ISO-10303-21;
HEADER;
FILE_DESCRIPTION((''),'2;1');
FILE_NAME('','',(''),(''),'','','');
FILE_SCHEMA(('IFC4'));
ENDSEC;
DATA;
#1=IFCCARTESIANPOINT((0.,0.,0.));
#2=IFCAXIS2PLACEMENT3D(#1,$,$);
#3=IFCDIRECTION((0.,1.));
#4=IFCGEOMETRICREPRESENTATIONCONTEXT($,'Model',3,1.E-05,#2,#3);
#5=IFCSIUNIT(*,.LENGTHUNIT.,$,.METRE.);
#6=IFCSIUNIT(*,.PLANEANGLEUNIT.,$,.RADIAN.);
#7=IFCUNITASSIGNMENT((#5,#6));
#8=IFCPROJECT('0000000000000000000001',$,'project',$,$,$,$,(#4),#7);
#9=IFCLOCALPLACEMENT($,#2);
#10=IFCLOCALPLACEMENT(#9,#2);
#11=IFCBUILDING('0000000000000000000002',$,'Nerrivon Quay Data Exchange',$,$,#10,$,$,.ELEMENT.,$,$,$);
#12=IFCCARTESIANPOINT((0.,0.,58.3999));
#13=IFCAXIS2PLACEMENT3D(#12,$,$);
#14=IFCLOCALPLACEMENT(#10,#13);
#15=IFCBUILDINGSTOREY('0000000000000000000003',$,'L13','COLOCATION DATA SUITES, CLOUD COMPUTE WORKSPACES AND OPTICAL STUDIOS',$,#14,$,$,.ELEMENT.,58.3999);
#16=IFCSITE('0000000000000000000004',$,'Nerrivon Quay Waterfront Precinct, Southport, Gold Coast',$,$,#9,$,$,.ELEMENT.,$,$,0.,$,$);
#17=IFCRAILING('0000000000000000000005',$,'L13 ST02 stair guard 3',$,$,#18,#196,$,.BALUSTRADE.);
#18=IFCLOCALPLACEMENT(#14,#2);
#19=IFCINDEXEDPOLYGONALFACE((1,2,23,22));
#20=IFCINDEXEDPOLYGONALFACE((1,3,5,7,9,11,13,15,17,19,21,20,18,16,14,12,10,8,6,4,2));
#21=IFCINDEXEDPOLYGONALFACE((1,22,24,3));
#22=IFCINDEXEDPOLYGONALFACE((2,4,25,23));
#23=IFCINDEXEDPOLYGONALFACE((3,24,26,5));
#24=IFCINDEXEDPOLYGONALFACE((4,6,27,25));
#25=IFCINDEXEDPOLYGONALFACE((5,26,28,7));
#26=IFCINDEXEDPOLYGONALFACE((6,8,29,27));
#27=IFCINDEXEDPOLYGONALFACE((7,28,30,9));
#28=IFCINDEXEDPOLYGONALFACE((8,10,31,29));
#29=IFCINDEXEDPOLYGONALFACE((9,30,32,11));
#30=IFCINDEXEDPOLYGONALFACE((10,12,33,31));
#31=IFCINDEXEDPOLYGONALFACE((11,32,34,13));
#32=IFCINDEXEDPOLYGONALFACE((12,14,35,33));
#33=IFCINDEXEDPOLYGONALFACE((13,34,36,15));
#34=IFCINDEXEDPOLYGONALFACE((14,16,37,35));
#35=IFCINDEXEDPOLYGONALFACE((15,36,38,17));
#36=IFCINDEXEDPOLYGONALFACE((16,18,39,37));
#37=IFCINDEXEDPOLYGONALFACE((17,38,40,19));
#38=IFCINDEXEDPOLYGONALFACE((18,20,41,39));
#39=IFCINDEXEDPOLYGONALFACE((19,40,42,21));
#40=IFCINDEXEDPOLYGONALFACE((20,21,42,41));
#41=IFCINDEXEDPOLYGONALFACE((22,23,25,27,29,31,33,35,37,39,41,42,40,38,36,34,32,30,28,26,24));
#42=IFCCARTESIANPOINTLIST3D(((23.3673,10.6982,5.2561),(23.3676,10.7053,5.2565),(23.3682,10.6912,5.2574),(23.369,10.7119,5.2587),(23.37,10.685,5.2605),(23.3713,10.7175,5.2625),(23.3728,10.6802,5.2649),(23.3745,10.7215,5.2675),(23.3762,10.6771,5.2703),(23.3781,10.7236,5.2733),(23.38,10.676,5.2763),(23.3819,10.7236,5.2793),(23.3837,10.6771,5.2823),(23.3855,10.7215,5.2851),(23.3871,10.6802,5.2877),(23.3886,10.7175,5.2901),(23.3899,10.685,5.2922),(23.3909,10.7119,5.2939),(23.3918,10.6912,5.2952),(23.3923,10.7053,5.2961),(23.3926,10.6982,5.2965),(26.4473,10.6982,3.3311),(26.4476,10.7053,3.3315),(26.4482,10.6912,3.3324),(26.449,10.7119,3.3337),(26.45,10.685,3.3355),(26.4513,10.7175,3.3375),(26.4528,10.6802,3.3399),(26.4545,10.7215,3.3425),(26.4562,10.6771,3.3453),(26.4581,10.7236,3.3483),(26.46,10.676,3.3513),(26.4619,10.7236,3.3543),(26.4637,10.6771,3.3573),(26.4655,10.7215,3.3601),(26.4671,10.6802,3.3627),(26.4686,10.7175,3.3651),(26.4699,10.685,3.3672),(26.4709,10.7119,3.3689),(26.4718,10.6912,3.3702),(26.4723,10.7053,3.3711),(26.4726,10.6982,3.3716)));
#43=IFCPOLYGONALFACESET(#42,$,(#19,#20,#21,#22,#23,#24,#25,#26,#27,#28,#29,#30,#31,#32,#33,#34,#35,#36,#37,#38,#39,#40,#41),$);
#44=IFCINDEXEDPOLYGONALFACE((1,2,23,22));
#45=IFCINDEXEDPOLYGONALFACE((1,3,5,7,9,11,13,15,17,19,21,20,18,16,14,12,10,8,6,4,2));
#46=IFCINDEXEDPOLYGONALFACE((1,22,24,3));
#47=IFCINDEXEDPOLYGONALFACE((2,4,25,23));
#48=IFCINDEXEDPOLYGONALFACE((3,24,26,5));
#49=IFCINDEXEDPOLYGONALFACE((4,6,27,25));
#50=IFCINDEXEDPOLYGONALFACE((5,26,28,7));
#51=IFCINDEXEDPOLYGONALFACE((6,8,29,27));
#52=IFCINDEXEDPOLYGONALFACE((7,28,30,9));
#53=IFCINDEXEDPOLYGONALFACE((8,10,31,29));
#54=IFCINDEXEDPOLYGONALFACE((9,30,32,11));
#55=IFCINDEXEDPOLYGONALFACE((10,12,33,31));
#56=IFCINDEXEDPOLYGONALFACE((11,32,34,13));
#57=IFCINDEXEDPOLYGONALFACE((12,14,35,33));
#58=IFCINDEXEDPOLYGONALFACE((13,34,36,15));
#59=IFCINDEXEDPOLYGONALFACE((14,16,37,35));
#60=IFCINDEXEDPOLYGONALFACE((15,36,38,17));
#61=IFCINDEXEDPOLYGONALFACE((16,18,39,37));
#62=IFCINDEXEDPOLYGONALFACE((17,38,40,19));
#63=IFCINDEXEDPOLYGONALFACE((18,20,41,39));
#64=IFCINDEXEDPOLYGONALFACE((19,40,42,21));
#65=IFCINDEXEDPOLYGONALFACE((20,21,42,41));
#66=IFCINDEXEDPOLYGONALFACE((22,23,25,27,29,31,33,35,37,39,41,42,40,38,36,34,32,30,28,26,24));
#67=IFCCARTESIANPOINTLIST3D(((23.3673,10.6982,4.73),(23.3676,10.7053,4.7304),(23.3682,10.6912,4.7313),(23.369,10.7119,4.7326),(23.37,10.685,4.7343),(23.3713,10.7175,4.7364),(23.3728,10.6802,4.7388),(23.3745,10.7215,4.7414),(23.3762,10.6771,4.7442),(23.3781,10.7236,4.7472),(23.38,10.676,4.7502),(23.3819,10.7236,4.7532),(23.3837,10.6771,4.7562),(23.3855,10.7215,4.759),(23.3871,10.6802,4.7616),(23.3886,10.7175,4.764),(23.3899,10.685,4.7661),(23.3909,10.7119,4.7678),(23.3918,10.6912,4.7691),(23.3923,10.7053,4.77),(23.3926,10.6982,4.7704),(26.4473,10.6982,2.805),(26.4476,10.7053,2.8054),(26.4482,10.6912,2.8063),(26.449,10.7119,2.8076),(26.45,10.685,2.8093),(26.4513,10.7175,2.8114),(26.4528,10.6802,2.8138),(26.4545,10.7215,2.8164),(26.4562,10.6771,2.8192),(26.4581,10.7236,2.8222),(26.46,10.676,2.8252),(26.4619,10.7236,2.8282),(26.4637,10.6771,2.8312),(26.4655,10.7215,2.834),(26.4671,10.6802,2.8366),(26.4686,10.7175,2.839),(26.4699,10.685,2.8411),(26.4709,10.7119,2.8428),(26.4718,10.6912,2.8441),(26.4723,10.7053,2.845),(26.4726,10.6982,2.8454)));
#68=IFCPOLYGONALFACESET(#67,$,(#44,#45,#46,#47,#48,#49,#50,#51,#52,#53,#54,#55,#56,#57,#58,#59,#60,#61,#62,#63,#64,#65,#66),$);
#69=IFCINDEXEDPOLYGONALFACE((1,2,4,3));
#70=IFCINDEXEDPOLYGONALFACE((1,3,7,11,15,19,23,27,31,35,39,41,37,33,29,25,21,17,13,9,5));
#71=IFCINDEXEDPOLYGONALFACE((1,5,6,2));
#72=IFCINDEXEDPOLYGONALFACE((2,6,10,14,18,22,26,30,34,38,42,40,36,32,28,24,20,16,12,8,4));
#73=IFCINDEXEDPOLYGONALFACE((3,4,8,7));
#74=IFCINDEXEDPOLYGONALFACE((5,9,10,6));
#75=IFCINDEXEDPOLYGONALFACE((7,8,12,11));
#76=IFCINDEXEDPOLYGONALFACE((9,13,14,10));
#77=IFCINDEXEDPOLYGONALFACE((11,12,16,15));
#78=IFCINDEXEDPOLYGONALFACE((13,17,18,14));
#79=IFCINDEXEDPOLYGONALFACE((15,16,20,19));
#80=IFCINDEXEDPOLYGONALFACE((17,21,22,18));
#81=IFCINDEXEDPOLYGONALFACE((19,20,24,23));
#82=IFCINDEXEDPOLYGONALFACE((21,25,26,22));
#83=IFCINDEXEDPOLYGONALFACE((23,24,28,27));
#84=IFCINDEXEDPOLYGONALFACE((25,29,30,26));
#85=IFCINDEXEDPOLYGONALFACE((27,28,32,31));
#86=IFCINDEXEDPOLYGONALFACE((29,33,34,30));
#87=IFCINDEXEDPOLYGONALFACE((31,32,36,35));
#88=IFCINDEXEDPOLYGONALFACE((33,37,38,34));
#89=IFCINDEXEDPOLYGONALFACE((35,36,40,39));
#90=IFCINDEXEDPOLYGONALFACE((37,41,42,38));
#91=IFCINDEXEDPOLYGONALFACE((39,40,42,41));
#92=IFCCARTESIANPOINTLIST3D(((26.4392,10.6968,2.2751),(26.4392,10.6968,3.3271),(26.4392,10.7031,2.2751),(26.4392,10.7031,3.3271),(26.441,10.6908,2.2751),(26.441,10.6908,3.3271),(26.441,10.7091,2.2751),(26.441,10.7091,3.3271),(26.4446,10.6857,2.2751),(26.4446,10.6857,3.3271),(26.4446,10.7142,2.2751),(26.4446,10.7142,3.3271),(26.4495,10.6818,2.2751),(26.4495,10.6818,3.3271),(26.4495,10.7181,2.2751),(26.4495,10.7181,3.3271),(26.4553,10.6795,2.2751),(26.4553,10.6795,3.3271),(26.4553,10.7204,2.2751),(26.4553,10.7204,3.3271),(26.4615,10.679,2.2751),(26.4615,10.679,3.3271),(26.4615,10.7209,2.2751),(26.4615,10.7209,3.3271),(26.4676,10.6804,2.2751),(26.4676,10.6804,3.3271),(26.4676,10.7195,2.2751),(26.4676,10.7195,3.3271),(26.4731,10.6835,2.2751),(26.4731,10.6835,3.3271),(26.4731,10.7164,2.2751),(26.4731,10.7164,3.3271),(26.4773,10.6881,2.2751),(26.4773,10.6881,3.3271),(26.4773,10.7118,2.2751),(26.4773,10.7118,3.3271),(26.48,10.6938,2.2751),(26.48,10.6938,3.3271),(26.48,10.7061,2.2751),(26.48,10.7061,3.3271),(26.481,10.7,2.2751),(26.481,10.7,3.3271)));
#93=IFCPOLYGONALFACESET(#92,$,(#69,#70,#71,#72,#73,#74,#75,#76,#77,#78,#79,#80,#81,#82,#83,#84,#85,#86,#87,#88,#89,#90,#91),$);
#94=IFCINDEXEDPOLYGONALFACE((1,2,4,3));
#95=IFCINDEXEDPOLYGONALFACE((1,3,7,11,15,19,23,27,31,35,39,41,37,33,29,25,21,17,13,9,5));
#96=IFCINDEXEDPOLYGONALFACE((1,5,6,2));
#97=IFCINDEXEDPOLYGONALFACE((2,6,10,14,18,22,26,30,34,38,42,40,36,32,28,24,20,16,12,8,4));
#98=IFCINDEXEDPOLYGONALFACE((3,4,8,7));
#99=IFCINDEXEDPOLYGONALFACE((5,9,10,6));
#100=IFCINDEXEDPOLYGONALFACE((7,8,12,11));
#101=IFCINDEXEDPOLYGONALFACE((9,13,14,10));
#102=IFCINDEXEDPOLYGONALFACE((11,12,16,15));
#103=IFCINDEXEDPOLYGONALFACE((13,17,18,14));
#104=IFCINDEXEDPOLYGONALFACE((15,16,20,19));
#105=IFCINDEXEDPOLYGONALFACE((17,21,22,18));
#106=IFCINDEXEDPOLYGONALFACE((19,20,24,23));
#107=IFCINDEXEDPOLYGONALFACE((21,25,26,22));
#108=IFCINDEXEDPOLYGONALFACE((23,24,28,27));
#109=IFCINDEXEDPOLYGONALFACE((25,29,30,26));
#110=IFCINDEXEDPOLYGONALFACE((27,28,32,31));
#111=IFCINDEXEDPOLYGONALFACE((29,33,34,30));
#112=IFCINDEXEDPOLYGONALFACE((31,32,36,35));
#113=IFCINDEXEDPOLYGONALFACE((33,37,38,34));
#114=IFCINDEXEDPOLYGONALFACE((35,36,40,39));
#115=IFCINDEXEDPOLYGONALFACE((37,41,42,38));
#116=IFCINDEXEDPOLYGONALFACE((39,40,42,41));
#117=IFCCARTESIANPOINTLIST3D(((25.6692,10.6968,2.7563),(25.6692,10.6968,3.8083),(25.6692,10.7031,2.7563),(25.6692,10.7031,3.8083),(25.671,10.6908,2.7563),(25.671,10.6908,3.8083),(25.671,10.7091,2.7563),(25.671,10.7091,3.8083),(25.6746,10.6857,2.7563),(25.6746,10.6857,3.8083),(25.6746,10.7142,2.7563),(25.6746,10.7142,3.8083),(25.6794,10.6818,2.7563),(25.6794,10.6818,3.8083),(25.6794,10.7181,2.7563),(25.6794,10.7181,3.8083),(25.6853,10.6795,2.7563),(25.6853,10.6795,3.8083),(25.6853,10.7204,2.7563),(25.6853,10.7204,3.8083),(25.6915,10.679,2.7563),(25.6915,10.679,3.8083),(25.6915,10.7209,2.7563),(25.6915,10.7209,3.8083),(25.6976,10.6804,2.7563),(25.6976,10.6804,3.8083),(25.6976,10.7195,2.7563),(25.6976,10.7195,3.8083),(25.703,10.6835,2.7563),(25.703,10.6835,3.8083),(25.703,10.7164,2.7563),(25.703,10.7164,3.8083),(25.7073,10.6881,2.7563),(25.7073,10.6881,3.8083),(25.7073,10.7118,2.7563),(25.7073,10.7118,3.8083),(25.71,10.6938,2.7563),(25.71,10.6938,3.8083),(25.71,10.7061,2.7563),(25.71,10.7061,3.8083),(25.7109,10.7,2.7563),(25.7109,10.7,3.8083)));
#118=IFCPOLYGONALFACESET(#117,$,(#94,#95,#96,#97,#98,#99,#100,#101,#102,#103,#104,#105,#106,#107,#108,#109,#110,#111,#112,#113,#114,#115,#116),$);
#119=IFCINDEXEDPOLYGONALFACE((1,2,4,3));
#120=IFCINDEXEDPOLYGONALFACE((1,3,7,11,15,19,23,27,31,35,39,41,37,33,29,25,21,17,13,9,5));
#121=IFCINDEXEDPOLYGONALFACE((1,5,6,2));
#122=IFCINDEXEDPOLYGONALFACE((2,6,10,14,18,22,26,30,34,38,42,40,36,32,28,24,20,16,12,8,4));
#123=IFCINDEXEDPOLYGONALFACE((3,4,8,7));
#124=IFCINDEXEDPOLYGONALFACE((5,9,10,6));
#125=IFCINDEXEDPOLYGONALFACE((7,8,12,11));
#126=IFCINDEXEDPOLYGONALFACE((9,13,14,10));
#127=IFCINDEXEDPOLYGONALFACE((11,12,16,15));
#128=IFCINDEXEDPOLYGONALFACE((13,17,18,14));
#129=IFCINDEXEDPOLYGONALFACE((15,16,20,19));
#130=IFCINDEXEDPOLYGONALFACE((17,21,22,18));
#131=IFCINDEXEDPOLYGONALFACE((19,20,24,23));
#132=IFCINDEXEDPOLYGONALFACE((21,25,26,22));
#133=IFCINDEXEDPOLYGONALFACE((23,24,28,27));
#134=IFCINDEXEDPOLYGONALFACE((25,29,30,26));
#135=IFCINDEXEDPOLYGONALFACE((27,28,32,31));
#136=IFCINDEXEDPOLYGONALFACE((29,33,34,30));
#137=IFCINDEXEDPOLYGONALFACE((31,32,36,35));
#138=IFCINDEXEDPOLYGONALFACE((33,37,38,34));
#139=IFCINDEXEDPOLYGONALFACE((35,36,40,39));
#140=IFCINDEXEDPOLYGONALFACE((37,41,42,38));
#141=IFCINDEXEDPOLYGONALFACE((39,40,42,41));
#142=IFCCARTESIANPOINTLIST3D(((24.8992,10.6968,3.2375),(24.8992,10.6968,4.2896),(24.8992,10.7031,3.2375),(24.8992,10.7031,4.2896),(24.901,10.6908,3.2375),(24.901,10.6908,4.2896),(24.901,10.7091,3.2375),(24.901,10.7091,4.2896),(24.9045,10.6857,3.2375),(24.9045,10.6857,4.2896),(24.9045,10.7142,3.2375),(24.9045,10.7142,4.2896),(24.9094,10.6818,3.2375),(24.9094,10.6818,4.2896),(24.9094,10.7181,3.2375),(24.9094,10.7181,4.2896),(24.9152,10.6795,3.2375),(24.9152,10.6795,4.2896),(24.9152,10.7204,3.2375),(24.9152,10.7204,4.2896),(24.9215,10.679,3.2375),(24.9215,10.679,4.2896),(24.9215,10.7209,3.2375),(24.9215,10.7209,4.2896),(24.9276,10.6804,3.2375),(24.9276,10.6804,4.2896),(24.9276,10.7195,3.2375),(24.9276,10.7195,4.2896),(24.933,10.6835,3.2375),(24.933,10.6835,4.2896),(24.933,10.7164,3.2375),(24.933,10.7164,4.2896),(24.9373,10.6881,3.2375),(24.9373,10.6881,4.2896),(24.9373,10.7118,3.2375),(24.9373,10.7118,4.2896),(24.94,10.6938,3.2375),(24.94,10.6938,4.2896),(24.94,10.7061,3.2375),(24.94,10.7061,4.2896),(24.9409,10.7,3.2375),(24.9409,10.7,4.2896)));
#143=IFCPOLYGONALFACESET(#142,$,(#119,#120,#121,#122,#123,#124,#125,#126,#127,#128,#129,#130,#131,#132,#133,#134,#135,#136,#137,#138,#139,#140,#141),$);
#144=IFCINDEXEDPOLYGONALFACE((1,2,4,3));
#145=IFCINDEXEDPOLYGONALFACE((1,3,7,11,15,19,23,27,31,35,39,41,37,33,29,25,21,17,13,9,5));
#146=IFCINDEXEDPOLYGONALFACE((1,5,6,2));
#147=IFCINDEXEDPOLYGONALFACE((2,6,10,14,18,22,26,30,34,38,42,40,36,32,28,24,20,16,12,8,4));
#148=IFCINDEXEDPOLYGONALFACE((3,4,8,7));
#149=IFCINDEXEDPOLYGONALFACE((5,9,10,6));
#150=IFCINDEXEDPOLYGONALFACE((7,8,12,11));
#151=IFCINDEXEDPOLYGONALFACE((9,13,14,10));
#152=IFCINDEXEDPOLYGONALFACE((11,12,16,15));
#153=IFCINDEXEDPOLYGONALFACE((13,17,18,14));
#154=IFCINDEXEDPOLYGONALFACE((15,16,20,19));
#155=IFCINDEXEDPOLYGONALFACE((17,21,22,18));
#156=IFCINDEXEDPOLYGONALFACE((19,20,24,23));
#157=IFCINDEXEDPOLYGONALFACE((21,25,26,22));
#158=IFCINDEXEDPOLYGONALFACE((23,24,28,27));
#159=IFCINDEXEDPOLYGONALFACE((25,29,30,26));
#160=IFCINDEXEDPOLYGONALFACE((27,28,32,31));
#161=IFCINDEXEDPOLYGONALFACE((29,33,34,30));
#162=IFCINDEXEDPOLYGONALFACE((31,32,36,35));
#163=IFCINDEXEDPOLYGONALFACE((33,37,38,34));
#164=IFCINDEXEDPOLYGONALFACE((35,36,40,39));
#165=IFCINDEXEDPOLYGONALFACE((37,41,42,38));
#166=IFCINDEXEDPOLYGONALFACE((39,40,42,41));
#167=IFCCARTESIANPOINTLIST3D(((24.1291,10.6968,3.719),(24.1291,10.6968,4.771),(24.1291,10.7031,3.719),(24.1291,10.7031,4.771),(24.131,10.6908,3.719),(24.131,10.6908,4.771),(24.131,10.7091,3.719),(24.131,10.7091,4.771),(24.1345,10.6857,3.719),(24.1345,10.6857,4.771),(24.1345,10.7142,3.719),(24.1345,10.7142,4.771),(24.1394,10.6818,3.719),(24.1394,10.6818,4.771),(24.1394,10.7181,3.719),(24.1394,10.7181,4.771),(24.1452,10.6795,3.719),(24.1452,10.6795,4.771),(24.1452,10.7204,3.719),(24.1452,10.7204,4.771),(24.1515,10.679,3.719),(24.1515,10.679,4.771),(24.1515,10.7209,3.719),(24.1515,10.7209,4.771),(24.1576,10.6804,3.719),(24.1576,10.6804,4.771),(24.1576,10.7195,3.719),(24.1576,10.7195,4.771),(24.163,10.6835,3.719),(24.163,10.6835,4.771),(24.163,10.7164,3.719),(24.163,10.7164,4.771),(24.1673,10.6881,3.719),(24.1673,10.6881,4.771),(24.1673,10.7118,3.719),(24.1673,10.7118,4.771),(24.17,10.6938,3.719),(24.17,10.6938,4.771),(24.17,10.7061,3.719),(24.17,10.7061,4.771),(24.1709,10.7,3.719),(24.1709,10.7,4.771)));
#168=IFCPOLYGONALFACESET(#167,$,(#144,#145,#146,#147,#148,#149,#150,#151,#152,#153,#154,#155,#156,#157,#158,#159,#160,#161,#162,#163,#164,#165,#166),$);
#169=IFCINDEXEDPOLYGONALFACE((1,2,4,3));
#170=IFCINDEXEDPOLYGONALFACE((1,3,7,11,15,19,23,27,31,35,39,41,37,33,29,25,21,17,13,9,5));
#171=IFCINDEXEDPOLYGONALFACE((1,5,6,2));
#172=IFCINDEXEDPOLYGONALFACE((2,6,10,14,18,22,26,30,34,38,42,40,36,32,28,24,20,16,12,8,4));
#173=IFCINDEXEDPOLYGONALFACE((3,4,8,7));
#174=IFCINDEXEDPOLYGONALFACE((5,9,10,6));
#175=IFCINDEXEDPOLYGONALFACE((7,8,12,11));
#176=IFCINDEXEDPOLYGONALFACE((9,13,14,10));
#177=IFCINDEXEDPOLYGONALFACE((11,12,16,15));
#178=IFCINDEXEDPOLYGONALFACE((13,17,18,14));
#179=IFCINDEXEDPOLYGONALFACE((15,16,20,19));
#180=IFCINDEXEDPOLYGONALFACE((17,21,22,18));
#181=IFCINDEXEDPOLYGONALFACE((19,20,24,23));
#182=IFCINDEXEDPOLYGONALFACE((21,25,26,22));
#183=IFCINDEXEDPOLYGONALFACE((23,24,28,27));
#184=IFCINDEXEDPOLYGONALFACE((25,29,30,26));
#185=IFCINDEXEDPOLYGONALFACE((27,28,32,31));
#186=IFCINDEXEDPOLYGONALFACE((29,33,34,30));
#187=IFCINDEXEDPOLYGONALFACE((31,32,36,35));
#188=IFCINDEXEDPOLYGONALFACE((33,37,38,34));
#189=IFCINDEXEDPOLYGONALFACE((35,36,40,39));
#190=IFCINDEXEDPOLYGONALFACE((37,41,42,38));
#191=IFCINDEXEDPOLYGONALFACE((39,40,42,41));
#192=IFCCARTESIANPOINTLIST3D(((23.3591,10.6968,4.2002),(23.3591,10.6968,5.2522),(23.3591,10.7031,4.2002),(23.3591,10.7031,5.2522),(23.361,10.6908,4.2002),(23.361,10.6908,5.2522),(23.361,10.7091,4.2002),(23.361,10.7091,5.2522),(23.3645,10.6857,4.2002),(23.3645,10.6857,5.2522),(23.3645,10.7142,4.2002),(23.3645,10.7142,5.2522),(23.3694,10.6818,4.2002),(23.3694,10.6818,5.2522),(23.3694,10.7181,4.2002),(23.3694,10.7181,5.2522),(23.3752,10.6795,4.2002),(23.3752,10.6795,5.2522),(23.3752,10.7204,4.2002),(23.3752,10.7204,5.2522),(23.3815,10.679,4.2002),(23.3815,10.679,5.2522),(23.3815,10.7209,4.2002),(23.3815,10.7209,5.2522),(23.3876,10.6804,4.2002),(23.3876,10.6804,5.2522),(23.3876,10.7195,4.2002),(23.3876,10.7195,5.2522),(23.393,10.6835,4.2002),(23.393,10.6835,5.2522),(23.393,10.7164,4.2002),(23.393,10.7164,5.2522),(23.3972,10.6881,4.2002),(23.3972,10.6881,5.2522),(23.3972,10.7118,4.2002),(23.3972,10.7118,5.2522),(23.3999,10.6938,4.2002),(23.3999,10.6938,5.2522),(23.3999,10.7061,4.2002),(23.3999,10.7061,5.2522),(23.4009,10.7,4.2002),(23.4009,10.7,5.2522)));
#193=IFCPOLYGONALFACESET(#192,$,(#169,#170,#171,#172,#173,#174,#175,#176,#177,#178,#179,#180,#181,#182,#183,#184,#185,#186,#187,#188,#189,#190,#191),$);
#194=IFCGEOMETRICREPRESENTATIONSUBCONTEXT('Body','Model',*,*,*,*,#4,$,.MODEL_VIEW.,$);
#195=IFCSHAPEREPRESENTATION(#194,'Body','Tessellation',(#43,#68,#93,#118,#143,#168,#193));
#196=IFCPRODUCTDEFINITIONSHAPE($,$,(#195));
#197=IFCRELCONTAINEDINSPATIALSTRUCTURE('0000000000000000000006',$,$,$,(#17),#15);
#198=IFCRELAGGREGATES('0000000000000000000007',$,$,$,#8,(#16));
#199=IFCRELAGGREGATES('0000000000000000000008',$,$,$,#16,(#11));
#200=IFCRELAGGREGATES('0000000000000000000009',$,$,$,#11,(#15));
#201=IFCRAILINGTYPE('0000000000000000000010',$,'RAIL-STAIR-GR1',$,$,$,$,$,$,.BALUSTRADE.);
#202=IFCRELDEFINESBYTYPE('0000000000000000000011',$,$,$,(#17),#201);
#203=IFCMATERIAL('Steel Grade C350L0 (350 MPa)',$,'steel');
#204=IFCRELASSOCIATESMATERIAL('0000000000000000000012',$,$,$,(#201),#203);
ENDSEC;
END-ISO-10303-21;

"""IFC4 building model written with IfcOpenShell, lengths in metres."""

from ifc_helpers import new_model, si_unit, direction, frame, origin, origin_2d, place, context, subcontext, project, spatial, circle, extrude, material, type_object, element, save


model = new_model("IFC4")

# Units and contexts
model_context = context("Model", 3, precision=1e-05, world=origin(), true_north=direction((0.0, 1.0)))
body_context = subcontext(model_context, "Body", "Model", "MODEL_VIEW")
ifc_project = project(units=[si_unit("LENGTHUNIT", "METRE"), si_unit("PLANEANGLEUNIT", "RADIAN")], contexts=[model_context])

# Site, building, storey
site_placement = place(None, origin())
site = spatial("IfcSite", under=ifc_project, at=site_placement, Name="Nerrivon Quay Waterfront Precinct, Southport, Gold Coast", CompositionType="ELEMENT", RefElevation=0.0)
building_placement = place(site_placement, origin())
building = spatial("IfcBuilding", under=site, at=building_placement, Name="Nerrivon Quay Data Exchange", CompositionType="ELEMENT")
storey_placement = place(building_placement, frame((0.0, 0.0, 58.3999)))
storey = spatial("IfcBuildingStorey", under=building, at=storey_placement, Name="L13", Description="COLOCATION DATA SUITES, CLOUD COMPUTE WORKSPACES AND OPTICAL STUDIOS", CompositionType="ELEMENT", Elevation=58.3999)

# Railing
ifc_material_1 = material(Name="Steel Grade C350L0 (350 MPa)", Category="steel")
railing_type_1 = type_object("IfcRailingType", Name="RAIL-STAIR-GR1", PredefinedType="BALUSTRADE", material=ifc_material_1)
railing_1_placement = place(storey_placement, frame((26.46, 10.7, 2.2751)))
element("IfcRailing", 1, at=railing_1_placement, inside=storey, type_object=railing_type_1, Name="L13 ST02 stair guard 3", PredefinedType="BALUSTRADE", context=body_context, shape_type="SweptSolid", body=[
    extrude(circle(Radius=0.0239, at=origin_2d()), frame((0.0, 0.0, 1.0762), z_axis=(-0.847998, 0.0, 0.529999), x_axis=(0.0, -1.0, 0.0)), (0.0, 0.0, 1.0), 3.6321),
    extrude(circle(Radius=0.0239, at=origin_2d()), frame((0.0, 0.0, 0.55), z_axis=(-0.847998, 0.0, 0.529999), x_axis=(0.0, -1.0, 0.0)), (0.0, 0.0, 1.0), 3.6321),
    extrude(circle(Radius=0.021, at=origin_2d()), origin(), (0.0, 0.0, 1.0), 1.052),
    extrude(circle(Radius=0.021, at=origin_2d()), frame((-0.77, 0.0, 0.4812)), (0.0, 0.0, 1.0), 1.052),
    extrude(circle(Radius=0.021, at=origin_2d()), frame((-1.54, 0.0, 0.9624)), (0.0, 0.0, 1.0), 1.052),
    extrude(circle(Radius=0.021, at=origin_2d()), frame((-2.3101, 0.0, 1.4438)), (0.0, 0.0, 1.0), 1.052),
    extrude(circle(Radius=0.021, at=origin_2d()), frame((-3.0801, 0.0, 1.925)), (0.0, 0.0, 1.0), 1.052),
])

save(model, "model.ifc")
